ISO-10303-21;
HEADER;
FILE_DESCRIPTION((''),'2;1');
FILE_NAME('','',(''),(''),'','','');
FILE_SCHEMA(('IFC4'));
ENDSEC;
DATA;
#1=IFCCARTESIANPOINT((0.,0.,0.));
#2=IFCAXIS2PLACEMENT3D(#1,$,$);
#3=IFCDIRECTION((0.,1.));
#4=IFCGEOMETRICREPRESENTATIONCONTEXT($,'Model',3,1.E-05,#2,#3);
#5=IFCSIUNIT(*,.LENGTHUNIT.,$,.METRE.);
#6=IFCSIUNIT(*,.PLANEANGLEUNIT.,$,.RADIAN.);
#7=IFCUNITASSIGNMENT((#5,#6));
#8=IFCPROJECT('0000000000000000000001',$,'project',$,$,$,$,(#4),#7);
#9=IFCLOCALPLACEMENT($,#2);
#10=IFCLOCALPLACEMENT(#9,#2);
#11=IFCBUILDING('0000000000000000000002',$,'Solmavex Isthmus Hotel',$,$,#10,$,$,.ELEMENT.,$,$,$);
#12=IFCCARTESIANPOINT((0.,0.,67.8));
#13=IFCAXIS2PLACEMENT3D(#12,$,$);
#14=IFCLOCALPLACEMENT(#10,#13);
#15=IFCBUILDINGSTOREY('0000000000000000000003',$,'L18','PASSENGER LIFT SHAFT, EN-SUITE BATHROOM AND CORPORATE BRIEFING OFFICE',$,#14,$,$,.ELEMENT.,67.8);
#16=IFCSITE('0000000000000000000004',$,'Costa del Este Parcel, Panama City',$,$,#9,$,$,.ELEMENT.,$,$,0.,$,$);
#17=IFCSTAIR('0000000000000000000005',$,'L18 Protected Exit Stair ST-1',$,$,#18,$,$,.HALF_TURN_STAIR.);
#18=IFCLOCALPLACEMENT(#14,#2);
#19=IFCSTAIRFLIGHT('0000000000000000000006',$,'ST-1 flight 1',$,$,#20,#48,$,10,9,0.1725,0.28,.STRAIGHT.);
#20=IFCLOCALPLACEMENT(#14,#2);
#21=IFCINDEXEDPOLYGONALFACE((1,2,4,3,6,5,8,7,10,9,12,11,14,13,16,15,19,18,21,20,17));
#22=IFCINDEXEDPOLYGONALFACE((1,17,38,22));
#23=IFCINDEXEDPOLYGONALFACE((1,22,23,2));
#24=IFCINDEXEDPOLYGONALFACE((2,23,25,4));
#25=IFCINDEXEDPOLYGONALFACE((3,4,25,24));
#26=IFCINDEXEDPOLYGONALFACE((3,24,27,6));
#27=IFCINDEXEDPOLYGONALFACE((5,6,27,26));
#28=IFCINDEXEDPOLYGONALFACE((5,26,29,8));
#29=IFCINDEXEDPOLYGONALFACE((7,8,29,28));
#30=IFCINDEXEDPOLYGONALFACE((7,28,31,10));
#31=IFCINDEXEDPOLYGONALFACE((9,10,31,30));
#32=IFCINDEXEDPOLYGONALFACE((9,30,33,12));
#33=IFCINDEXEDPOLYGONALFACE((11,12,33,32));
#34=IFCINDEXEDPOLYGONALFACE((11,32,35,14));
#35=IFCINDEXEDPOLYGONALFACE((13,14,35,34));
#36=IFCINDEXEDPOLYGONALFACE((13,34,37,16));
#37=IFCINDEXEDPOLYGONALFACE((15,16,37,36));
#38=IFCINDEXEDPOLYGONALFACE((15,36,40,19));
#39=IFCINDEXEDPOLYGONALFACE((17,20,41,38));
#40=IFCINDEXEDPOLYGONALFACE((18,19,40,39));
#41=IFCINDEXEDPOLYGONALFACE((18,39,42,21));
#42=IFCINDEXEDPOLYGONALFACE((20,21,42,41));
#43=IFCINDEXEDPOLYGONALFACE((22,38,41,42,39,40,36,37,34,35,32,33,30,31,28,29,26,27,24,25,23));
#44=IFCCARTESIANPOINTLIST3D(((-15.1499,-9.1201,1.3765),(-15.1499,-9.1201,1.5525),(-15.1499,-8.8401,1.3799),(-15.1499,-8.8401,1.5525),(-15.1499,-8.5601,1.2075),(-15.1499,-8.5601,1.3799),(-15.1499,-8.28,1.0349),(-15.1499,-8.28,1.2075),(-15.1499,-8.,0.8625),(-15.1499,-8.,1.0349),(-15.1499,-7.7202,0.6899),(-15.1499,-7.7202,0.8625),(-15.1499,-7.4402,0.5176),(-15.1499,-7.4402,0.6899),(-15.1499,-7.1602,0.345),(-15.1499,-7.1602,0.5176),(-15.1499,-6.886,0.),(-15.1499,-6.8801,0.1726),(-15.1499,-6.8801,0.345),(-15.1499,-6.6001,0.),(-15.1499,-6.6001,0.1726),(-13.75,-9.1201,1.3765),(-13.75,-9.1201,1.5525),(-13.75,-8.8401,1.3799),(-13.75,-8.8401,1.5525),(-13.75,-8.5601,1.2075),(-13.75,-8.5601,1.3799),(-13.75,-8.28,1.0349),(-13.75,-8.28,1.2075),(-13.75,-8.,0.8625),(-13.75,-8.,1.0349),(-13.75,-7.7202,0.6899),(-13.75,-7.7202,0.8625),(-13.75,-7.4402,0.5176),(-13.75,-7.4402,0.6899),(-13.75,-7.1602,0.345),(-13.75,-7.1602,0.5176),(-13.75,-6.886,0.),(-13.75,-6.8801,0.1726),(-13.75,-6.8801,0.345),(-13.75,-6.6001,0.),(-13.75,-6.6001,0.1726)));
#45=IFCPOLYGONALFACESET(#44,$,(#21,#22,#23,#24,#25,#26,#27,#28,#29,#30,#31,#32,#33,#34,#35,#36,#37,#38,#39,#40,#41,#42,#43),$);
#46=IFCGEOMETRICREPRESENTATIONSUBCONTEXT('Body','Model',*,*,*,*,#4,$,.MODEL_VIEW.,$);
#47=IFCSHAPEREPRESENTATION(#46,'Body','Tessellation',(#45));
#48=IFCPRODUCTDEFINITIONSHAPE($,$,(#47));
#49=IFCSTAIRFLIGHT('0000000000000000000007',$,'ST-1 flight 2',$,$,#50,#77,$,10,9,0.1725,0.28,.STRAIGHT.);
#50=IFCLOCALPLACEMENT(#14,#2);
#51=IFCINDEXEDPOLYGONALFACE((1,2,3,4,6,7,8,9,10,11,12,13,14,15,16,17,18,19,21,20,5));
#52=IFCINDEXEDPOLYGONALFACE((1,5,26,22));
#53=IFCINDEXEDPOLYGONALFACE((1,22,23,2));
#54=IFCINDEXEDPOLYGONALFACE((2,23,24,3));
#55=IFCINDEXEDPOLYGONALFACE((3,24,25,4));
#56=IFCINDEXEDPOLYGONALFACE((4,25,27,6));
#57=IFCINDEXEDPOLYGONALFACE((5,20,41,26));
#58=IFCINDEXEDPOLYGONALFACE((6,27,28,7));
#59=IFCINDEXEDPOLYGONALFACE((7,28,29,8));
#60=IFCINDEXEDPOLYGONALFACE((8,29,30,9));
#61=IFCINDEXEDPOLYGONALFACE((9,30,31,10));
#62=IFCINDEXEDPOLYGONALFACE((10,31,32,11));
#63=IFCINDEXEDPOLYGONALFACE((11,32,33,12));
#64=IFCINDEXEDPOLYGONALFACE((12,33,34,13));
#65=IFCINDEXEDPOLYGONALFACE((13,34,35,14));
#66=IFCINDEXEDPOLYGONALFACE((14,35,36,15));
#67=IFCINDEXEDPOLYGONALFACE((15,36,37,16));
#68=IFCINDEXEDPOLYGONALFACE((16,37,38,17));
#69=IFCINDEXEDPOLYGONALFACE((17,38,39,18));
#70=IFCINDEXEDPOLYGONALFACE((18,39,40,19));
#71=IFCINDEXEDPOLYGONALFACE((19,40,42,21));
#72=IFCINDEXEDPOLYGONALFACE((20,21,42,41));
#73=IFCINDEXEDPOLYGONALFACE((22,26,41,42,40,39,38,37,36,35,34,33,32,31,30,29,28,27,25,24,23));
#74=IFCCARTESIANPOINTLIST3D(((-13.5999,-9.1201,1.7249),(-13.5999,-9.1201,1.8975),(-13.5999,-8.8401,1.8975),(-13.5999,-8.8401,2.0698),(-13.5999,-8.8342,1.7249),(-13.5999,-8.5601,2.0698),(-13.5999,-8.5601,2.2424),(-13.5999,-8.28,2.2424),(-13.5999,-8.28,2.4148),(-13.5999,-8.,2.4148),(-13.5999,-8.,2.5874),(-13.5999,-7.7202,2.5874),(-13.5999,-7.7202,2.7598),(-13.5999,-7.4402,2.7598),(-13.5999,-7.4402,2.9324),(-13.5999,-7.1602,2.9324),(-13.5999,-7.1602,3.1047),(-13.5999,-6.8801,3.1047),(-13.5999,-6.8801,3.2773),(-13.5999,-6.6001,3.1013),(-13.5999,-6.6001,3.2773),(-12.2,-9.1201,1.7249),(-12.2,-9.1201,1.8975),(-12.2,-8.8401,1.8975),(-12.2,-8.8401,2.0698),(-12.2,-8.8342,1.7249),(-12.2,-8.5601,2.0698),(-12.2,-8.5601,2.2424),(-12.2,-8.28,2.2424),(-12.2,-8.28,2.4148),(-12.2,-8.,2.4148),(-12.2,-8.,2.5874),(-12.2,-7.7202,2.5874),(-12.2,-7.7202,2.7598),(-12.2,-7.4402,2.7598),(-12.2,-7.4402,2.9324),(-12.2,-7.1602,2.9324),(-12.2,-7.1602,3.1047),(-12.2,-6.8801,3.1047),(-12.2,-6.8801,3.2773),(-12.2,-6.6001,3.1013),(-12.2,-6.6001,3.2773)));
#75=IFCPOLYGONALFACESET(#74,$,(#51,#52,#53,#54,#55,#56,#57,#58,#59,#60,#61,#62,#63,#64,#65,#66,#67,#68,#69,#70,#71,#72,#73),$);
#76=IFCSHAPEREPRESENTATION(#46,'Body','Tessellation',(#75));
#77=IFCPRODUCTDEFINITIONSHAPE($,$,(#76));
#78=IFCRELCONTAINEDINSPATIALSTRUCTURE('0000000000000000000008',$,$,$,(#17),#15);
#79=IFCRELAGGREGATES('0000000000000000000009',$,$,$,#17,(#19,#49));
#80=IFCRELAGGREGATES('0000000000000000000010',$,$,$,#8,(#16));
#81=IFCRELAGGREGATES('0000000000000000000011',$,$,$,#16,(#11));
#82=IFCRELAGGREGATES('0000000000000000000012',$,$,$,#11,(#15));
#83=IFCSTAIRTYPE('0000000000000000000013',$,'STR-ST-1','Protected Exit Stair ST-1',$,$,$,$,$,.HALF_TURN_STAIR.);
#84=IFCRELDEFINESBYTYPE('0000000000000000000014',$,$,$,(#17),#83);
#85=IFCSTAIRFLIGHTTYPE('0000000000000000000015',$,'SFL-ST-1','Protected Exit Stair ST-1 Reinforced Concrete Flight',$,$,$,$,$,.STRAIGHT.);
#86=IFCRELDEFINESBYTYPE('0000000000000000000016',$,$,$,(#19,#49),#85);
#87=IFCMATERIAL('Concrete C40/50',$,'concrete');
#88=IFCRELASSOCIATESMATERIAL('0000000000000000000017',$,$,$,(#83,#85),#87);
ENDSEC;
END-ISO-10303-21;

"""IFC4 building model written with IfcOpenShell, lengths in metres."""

from ifc_helpers import new_model, si_unit, direction, frame, origin, place, context, subcontext, project, spatial, polyline, outline, extrude, material, type_object, element, aggregate, save


model = new_model("IFC4")

# Units and contexts
model_context = context("Model", 3, precision=1e-05, world=origin(), true_north=direction((0.0, 1.0)))
body_context = subcontext(model_context, "Body", "Model", "MODEL_VIEW")
ifc_project = project(units=[si_unit("LENGTHUNIT", "METRE"), si_unit("PLANEANGLEUNIT", "RADIAN")], contexts=[model_context])

# Site, building, storey
site_placement = place(None, origin())
site = spatial("IfcSite", under=ifc_project, at=site_placement, Name="Costa del Este Parcel, Panama City", CompositionType="ELEMENT", RefElevation=0.0)
building_placement = place(site_placement, origin())
building = spatial("IfcBuilding", under=site, at=building_placement, Name="Solmavex Isthmus Hotel", CompositionType="ELEMENT")
storey_placement = place(building_placement, frame((0.0, 0.0, 67.8)))
storey = spatial("IfcBuildingStorey", under=building, at=storey_placement, Name="L18", Description="PASSENGER LIFT SHAFT, EN-SUITE BATHROOM AND CORPORATE BRIEFING OFFICE", CompositionType="ELEMENT", Elevation=67.8)

# Shared definitions
ifc_material_1 = material(Name="Concrete C40/50", Category="concrete")

# Stair, stair flights
stair_type = type_object("IfcStairType", Name="STR-ST-1", Description="Protected Exit Stair ST-1", PredefinedType="HALF_TURN_STAIR", material=ifc_material_1)
stair_placement = place(storey_placement, origin())
stair = element("IfcStair", 1, at=stair_placement, inside=storey, type_object=stair_type, Name="L18 Protected Exit Stair ST-1", PredefinedType="HALF_TURN_STAIR")
stair_flight_type = type_object("IfcStairFlightType", Name="SFL-ST-1", Description="Protected Exit Stair ST-1 Reinforced Concrete Flight", PredefinedType="STRAIGHT", material=ifc_material_1)
stair_flight_1_placement = place(storey_placement, frame((-14.45, -6.6001, 0.0), z_axis=(0.0, 0.0, 1.0), x_axis=(0.0, -1.0, 0.0)))
stair_flight_1 = element("IfcStairFlight", 2, at=stair_flight_1_placement, type_object=stair_flight_type, Name="ST-1 flight 1", NumberOfRisers=10, NumberOfTreads=9, PredefinedType="STRAIGHT", RiserHeight=0.1725, TreadLength=0.28, context=body_context, shape_type="SweptSolid", body=[
    extrude(outline(polyline([(0.0, 0.0), (0.0, 0.1726), (0.28, 0.1726), (0.28, 0.345), (0.5601, 0.345), (0.5601, 0.5176), (0.8401, 0.5176), (0.8401, 0.6899), (1.1201, 0.6899), (1.1201, 0.8625), (1.3999, 0.8625), (1.3999, 1.0349), (1.6799, 1.0349), (1.6799, 1.2075), (1.96, 1.2075), (1.96, 1.3799), (2.24, 1.3799), (2.24, 1.5525), (2.52, 1.5525), (2.52, 1.7251), (2.52, 1.3765), (0.2859, 0.0), (0.0, 0.0)])), frame((0.0, 0.7, 0.0), z_axis=(0.0, -1.0, 0.0), x_axis=(1.0, 0.0, 0.0)), (0.0, 0.0, 1.0), 1.3999),
])
stair_flight_2_placement = place(storey_placement, frame((-12.8999, -9.1201, 1.7249), z_axis=(0.0, 0.0, 1.0), x_axis=(0.0, 1.0, 0.0)))
stair_flight_2 = element("IfcStairFlight", 3, at=stair_flight_2_placement, type_object=stair_flight_type, Name="ST-1 flight 2", NumberOfRisers=10, NumberOfTreads=9, PredefinedType="STRAIGHT", RiserHeight=0.1725, TreadLength=0.28, context=body_context, shape_type="SweptSolid", body=[
    extrude(outline(polyline([(0.0, 0.0), (0.0, 0.1726), (0.28, 0.1726), (0.28, 0.345), (0.5601, 0.345), (0.5601, 0.5176), (0.8401, 0.5176), (0.8401, 0.6899), (1.1201, 0.6899), (1.1201, 0.8625), (1.3999, 0.8625), (1.3999, 1.0349), (1.6799, 1.0349), (1.6799, 1.2075), (1.96, 1.2075), (1.96, 1.3799), (2.24, 1.3799), (2.24, 1.5525), (2.52, 1.5525), (2.52, 1.7251), (2.52, 1.3765), (0.2859, 0.0), (0.0, 0.0)])), frame((0.0, 0.7, 0.0), z_axis=(0.0, -1.0, 0.0), x_axis=(1.0, 0.0, 0.0)), (0.0, 0.0, 1.0), 1.3999),
])
aggregate(stair, [stair_flight_1, stair_flight_2])

save(model, "model.ifc")
